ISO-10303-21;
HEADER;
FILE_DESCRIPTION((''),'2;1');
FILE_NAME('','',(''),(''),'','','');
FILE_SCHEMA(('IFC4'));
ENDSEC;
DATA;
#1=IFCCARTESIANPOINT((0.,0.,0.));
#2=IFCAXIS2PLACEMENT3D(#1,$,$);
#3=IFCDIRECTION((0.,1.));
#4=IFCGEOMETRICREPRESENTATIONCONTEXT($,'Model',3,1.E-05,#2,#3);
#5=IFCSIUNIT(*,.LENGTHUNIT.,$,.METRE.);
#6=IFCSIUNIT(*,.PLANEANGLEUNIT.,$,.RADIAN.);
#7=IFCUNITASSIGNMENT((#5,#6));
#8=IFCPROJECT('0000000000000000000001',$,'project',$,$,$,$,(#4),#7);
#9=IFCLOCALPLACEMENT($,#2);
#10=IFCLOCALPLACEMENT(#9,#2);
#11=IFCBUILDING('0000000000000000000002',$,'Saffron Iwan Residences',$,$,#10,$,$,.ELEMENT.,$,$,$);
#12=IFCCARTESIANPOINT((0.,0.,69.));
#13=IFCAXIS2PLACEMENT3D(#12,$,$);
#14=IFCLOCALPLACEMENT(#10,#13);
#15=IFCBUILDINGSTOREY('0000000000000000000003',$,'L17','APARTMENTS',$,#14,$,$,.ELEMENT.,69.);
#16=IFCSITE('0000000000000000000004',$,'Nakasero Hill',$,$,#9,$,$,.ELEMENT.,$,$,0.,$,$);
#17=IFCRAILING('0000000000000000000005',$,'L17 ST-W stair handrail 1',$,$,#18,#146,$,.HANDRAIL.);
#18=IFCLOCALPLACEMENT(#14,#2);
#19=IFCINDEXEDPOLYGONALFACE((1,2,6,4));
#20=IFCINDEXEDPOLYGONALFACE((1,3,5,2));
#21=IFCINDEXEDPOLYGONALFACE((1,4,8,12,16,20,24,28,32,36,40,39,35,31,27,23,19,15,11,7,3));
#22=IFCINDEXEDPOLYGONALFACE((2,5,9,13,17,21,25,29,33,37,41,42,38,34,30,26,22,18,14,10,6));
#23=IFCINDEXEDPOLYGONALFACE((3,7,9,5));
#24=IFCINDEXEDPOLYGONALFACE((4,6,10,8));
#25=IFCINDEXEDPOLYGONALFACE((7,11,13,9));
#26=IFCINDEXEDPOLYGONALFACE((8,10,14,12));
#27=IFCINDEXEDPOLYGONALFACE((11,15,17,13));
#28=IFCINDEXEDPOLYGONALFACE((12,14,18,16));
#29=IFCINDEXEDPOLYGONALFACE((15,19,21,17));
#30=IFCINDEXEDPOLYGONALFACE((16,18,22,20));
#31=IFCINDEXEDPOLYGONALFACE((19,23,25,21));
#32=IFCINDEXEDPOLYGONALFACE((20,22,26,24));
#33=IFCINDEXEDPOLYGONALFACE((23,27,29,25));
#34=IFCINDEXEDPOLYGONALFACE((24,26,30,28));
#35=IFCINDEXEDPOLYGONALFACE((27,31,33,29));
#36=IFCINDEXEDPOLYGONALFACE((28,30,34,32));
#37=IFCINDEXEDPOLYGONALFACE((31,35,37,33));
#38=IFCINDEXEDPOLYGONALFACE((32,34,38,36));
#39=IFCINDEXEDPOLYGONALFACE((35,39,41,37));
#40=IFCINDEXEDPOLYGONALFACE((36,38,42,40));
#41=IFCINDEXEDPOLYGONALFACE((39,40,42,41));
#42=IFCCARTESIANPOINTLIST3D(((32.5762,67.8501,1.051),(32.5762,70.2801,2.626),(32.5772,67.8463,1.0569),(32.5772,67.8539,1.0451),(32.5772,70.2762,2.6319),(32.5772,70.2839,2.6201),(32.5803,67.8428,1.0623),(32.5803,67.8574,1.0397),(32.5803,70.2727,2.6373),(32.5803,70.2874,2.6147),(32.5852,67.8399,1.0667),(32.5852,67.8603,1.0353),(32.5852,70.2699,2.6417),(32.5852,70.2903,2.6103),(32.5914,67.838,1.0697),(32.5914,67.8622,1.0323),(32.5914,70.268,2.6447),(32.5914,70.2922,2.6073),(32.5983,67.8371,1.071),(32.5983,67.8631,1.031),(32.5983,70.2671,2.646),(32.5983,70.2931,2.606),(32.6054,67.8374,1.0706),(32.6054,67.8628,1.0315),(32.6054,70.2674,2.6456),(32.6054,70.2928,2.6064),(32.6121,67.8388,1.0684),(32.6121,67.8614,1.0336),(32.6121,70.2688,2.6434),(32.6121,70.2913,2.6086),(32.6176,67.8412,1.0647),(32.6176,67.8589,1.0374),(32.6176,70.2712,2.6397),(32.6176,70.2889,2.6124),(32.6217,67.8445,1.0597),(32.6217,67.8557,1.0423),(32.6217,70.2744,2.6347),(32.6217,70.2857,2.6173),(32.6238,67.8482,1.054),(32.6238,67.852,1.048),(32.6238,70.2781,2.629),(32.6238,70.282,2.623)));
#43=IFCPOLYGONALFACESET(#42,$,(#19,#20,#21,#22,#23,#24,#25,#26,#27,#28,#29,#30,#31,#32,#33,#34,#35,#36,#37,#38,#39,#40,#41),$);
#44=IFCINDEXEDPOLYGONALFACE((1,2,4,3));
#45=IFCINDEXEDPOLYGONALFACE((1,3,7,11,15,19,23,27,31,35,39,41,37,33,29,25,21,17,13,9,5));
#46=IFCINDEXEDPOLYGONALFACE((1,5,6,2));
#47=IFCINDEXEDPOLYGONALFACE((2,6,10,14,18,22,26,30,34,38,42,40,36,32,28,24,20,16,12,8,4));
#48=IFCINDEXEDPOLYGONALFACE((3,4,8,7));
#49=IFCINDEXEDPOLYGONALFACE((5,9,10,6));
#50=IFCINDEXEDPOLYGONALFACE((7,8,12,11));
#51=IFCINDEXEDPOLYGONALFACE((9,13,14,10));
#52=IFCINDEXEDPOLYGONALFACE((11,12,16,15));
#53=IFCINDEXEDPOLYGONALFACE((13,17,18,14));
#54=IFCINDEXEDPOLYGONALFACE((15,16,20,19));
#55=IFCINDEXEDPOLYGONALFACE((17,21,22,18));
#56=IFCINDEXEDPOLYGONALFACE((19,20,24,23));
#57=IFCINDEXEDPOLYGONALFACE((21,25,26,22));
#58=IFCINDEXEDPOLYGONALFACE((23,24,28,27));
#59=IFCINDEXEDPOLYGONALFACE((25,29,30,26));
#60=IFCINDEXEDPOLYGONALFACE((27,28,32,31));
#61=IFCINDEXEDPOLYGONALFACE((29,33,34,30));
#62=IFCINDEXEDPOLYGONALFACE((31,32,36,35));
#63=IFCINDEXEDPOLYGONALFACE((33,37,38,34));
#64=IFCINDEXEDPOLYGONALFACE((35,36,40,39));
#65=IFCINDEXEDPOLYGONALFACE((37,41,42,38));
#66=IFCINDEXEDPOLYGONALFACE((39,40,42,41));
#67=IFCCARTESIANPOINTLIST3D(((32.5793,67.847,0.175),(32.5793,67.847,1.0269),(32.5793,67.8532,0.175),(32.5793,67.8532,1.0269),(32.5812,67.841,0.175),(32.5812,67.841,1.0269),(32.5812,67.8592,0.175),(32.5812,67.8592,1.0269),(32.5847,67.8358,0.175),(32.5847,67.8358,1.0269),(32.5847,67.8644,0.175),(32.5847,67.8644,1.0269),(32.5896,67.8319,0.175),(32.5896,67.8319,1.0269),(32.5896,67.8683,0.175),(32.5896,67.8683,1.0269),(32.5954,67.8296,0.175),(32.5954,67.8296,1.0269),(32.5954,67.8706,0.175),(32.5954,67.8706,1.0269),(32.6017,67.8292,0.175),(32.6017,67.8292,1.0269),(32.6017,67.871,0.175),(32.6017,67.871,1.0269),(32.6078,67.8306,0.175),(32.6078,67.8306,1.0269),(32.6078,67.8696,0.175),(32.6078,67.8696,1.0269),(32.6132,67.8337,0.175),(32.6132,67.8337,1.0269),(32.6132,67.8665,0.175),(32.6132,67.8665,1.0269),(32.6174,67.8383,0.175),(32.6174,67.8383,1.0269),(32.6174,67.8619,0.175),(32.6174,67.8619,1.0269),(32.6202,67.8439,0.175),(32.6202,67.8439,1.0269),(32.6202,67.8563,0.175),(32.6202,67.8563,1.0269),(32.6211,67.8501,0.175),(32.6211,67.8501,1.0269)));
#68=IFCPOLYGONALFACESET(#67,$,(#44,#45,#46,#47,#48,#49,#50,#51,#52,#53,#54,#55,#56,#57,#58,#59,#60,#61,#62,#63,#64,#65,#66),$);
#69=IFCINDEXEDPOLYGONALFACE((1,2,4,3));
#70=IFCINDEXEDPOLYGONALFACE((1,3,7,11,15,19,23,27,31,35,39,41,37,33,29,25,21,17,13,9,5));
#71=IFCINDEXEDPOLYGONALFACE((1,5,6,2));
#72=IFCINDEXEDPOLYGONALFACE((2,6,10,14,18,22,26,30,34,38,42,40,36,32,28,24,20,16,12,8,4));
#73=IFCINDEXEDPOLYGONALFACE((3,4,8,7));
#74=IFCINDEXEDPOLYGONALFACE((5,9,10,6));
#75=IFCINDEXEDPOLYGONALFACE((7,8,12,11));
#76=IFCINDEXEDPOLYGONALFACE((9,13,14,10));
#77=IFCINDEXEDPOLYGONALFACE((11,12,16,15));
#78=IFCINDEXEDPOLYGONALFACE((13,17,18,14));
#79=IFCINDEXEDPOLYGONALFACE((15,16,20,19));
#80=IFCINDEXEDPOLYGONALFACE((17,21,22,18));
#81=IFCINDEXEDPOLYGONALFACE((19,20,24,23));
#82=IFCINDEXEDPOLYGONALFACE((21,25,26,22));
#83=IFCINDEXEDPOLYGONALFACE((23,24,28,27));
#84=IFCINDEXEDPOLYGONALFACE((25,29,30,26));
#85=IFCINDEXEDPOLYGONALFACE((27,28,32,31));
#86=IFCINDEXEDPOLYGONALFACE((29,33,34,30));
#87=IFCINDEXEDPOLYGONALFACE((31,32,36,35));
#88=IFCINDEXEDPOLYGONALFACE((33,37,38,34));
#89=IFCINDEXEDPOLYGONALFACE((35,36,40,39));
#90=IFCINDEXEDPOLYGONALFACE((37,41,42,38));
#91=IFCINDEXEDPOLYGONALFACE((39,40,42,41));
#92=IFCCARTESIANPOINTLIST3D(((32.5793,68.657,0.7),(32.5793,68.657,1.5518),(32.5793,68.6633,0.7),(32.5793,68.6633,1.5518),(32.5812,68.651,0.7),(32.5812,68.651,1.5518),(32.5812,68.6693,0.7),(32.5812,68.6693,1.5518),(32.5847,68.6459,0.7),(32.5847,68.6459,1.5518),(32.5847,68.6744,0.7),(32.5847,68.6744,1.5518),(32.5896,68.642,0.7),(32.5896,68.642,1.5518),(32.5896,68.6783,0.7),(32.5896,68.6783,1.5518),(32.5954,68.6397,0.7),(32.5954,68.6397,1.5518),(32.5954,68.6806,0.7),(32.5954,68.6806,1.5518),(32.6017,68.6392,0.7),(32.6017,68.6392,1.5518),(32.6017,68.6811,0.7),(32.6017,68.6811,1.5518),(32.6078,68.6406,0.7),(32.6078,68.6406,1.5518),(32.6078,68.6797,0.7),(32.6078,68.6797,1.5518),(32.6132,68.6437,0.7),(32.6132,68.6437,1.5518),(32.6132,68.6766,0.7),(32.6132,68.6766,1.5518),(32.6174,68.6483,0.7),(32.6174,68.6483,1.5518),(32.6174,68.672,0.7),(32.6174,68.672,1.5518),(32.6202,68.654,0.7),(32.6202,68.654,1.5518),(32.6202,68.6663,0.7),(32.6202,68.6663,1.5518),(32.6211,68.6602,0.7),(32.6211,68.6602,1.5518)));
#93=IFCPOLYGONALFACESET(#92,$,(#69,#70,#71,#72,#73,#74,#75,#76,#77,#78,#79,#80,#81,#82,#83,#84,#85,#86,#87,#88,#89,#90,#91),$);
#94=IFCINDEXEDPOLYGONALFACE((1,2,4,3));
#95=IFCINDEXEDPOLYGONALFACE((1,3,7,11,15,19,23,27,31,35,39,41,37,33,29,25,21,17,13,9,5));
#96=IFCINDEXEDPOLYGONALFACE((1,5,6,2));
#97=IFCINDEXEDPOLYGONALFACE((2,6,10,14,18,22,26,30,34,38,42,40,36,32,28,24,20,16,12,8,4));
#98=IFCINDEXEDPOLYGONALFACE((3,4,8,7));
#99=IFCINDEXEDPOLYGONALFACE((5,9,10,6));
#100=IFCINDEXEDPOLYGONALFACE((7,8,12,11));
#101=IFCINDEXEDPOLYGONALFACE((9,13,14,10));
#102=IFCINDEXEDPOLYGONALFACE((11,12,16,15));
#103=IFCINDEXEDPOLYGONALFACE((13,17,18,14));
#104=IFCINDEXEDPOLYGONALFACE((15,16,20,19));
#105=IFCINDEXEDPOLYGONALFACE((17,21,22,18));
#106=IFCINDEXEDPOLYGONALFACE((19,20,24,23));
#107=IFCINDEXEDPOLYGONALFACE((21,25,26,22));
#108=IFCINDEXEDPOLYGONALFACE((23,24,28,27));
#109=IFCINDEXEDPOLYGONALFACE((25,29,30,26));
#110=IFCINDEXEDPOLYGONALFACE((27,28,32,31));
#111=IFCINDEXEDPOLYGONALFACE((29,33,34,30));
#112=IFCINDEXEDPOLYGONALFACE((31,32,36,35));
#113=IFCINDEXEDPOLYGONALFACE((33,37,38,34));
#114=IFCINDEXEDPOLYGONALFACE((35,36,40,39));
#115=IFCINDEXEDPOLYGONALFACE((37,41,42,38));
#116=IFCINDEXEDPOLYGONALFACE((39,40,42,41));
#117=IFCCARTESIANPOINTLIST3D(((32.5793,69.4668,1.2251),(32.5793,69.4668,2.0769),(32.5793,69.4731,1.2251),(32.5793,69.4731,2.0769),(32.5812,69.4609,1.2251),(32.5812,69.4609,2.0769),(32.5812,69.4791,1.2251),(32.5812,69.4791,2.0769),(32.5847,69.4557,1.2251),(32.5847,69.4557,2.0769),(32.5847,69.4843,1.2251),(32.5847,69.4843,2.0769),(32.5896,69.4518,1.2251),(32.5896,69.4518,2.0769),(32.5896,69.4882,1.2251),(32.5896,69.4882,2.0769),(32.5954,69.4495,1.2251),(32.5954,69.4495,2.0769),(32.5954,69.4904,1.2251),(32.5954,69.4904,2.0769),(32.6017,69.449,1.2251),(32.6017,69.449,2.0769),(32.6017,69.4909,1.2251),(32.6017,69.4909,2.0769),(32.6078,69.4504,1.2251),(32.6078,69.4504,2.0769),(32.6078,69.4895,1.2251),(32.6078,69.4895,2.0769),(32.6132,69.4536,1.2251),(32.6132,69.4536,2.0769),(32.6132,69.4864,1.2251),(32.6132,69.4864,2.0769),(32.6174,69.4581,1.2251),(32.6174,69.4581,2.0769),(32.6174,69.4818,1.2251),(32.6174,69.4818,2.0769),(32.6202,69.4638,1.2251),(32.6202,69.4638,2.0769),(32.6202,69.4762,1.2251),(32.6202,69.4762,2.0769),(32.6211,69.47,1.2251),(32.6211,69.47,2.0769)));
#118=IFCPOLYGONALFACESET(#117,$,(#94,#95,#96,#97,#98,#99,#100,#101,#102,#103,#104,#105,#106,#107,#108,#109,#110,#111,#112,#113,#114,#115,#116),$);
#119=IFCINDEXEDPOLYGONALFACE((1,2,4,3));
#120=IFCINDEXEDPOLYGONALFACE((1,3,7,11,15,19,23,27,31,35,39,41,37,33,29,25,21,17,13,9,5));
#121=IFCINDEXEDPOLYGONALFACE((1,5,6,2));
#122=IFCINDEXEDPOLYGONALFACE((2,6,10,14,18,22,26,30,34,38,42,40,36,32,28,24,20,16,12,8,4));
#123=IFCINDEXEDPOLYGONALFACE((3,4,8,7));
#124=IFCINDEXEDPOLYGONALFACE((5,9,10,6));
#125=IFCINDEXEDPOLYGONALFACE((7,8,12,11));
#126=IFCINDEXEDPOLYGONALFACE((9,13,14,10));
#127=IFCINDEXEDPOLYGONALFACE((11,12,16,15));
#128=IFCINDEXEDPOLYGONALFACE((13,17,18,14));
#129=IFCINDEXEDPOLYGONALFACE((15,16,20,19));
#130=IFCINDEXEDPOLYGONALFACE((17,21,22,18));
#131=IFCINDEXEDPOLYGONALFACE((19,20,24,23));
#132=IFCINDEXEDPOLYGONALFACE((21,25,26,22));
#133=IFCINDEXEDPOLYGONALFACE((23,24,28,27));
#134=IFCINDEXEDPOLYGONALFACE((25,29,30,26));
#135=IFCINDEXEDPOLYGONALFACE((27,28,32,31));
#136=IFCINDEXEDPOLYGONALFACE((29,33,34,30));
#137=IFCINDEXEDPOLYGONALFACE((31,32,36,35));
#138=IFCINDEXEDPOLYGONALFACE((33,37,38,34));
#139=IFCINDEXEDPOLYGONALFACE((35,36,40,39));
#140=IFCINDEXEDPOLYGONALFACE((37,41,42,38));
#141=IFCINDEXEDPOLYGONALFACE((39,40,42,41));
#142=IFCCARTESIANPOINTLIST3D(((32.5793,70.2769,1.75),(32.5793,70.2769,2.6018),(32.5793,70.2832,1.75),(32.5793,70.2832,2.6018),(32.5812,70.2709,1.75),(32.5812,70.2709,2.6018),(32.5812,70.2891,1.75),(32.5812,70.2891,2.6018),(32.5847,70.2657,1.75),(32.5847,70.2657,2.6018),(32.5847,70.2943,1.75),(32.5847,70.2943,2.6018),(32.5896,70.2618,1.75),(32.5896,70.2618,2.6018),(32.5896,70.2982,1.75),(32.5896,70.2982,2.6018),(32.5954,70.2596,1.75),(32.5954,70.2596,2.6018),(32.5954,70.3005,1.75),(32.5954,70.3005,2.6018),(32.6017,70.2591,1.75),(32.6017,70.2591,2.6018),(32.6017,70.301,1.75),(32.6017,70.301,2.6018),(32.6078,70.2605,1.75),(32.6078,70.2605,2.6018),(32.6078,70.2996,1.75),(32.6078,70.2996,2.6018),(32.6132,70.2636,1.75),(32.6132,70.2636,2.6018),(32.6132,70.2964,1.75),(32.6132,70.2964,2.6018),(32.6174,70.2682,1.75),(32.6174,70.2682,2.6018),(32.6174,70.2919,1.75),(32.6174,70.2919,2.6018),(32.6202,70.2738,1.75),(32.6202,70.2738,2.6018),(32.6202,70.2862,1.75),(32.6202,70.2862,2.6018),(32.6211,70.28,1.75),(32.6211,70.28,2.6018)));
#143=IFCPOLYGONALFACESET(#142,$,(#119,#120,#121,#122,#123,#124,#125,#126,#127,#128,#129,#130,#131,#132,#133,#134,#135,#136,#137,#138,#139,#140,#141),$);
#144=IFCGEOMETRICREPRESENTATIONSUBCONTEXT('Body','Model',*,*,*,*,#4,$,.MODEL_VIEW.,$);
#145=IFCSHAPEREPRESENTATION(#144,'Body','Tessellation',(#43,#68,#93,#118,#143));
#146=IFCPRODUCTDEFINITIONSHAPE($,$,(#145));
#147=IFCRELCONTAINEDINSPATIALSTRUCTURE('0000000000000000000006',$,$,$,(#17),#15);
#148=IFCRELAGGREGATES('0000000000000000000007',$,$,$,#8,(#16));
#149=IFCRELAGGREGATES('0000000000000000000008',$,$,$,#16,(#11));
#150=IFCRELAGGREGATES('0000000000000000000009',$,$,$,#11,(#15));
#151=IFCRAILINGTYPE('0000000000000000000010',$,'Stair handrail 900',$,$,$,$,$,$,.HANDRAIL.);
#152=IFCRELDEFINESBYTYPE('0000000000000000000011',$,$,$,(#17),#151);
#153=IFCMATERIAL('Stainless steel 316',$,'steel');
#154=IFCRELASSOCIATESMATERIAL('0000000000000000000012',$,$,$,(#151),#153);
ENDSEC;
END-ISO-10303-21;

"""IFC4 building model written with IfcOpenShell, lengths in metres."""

from ifc_helpers import new_model, si_unit, direction, frame, origin, origin_2d, place, context, subcontext, project, spatial, circle, extrude, material, type_object, element, save


model = new_model("IFC4")

# Units and contexts
model_context = context("Model", 3, precision=1e-05, world=origin(), true_north=direction((0.0, 1.0)))
body_context = subcontext(model_context, "Body", "Model", "MODEL_VIEW")
ifc_project = project(units=[si_unit("LENGTHUNIT", "METRE"), si_unit("PLANEANGLEUNIT", "RADIAN")], contexts=[model_context])

# Site, building, storey
site_placement = place(None, origin())
site = spatial("IfcSite", under=ifc_project, at=site_placement, Name="Nakasero Hill", CompositionType="ELEMENT", RefElevation=0.0)
building_placement = place(site_placement, origin())
building = spatial("IfcBuilding", under=site, at=building_placement, Name="Saffron Iwan Residences", CompositionType="ELEMENT")
storey_placement = place(building_placement, frame((0.0, 0.0, 69.0)))
storey = spatial("IfcBuildingStorey", under=building, at=storey_placement, Name="L17", Description="APARTMENTS", CompositionType="ELEMENT", Elevation=69.0)

# Railing
ifc_material_1 = material(Name="Stainless steel 316", Category="steel")
railing_type_1 = type_object("IfcRailingType", Name="Stair handrail 900", PredefinedType="HANDRAIL", material=ifc_material_1)
railing_1_placement = place(storey_placement, frame((32.6001, 67.8501, 0.175)))
element("IfcRailing", 1, at=railing_1_placement, inside=storey, type_object=railing_type_1, Name="L17 ST-W stair handrail 1", PredefinedType="HANDRAIL", context=body_context, shape_type="SweptSolid", body=[
    extrude(circle(Radius=0.0239, at=origin_2d()), frame((0.0, 0.0, 0.876), z_axis=(0.0, 0.839154, 0.543894), x_axis=(-1.0, 0.0, 0.0)), (0.0, 0.0, 1.0), 2.8958),
    extrude(circle(Radius=0.021, at=origin_2d()), origin(), (0.0, 0.0, 1.0), 0.8518),
    extrude(circle(Radius=0.021, at=origin_2d()), frame((0.0, 0.8101, 0.5249)), (0.0, 0.0, 1.0), 0.8518),
    extrude(circle(Radius=0.021, at=origin_2d()), frame((0.0, 1.6199, 1.05)), (0.0, 0.0, 1.0), 0.8518),
    extrude(circle(Radius=0.021, at=origin_2d()), frame((0.0, 2.4299, 1.575)), (0.0, 0.0, 1.0), 0.8518),
])

save(model, "model.ifc")
